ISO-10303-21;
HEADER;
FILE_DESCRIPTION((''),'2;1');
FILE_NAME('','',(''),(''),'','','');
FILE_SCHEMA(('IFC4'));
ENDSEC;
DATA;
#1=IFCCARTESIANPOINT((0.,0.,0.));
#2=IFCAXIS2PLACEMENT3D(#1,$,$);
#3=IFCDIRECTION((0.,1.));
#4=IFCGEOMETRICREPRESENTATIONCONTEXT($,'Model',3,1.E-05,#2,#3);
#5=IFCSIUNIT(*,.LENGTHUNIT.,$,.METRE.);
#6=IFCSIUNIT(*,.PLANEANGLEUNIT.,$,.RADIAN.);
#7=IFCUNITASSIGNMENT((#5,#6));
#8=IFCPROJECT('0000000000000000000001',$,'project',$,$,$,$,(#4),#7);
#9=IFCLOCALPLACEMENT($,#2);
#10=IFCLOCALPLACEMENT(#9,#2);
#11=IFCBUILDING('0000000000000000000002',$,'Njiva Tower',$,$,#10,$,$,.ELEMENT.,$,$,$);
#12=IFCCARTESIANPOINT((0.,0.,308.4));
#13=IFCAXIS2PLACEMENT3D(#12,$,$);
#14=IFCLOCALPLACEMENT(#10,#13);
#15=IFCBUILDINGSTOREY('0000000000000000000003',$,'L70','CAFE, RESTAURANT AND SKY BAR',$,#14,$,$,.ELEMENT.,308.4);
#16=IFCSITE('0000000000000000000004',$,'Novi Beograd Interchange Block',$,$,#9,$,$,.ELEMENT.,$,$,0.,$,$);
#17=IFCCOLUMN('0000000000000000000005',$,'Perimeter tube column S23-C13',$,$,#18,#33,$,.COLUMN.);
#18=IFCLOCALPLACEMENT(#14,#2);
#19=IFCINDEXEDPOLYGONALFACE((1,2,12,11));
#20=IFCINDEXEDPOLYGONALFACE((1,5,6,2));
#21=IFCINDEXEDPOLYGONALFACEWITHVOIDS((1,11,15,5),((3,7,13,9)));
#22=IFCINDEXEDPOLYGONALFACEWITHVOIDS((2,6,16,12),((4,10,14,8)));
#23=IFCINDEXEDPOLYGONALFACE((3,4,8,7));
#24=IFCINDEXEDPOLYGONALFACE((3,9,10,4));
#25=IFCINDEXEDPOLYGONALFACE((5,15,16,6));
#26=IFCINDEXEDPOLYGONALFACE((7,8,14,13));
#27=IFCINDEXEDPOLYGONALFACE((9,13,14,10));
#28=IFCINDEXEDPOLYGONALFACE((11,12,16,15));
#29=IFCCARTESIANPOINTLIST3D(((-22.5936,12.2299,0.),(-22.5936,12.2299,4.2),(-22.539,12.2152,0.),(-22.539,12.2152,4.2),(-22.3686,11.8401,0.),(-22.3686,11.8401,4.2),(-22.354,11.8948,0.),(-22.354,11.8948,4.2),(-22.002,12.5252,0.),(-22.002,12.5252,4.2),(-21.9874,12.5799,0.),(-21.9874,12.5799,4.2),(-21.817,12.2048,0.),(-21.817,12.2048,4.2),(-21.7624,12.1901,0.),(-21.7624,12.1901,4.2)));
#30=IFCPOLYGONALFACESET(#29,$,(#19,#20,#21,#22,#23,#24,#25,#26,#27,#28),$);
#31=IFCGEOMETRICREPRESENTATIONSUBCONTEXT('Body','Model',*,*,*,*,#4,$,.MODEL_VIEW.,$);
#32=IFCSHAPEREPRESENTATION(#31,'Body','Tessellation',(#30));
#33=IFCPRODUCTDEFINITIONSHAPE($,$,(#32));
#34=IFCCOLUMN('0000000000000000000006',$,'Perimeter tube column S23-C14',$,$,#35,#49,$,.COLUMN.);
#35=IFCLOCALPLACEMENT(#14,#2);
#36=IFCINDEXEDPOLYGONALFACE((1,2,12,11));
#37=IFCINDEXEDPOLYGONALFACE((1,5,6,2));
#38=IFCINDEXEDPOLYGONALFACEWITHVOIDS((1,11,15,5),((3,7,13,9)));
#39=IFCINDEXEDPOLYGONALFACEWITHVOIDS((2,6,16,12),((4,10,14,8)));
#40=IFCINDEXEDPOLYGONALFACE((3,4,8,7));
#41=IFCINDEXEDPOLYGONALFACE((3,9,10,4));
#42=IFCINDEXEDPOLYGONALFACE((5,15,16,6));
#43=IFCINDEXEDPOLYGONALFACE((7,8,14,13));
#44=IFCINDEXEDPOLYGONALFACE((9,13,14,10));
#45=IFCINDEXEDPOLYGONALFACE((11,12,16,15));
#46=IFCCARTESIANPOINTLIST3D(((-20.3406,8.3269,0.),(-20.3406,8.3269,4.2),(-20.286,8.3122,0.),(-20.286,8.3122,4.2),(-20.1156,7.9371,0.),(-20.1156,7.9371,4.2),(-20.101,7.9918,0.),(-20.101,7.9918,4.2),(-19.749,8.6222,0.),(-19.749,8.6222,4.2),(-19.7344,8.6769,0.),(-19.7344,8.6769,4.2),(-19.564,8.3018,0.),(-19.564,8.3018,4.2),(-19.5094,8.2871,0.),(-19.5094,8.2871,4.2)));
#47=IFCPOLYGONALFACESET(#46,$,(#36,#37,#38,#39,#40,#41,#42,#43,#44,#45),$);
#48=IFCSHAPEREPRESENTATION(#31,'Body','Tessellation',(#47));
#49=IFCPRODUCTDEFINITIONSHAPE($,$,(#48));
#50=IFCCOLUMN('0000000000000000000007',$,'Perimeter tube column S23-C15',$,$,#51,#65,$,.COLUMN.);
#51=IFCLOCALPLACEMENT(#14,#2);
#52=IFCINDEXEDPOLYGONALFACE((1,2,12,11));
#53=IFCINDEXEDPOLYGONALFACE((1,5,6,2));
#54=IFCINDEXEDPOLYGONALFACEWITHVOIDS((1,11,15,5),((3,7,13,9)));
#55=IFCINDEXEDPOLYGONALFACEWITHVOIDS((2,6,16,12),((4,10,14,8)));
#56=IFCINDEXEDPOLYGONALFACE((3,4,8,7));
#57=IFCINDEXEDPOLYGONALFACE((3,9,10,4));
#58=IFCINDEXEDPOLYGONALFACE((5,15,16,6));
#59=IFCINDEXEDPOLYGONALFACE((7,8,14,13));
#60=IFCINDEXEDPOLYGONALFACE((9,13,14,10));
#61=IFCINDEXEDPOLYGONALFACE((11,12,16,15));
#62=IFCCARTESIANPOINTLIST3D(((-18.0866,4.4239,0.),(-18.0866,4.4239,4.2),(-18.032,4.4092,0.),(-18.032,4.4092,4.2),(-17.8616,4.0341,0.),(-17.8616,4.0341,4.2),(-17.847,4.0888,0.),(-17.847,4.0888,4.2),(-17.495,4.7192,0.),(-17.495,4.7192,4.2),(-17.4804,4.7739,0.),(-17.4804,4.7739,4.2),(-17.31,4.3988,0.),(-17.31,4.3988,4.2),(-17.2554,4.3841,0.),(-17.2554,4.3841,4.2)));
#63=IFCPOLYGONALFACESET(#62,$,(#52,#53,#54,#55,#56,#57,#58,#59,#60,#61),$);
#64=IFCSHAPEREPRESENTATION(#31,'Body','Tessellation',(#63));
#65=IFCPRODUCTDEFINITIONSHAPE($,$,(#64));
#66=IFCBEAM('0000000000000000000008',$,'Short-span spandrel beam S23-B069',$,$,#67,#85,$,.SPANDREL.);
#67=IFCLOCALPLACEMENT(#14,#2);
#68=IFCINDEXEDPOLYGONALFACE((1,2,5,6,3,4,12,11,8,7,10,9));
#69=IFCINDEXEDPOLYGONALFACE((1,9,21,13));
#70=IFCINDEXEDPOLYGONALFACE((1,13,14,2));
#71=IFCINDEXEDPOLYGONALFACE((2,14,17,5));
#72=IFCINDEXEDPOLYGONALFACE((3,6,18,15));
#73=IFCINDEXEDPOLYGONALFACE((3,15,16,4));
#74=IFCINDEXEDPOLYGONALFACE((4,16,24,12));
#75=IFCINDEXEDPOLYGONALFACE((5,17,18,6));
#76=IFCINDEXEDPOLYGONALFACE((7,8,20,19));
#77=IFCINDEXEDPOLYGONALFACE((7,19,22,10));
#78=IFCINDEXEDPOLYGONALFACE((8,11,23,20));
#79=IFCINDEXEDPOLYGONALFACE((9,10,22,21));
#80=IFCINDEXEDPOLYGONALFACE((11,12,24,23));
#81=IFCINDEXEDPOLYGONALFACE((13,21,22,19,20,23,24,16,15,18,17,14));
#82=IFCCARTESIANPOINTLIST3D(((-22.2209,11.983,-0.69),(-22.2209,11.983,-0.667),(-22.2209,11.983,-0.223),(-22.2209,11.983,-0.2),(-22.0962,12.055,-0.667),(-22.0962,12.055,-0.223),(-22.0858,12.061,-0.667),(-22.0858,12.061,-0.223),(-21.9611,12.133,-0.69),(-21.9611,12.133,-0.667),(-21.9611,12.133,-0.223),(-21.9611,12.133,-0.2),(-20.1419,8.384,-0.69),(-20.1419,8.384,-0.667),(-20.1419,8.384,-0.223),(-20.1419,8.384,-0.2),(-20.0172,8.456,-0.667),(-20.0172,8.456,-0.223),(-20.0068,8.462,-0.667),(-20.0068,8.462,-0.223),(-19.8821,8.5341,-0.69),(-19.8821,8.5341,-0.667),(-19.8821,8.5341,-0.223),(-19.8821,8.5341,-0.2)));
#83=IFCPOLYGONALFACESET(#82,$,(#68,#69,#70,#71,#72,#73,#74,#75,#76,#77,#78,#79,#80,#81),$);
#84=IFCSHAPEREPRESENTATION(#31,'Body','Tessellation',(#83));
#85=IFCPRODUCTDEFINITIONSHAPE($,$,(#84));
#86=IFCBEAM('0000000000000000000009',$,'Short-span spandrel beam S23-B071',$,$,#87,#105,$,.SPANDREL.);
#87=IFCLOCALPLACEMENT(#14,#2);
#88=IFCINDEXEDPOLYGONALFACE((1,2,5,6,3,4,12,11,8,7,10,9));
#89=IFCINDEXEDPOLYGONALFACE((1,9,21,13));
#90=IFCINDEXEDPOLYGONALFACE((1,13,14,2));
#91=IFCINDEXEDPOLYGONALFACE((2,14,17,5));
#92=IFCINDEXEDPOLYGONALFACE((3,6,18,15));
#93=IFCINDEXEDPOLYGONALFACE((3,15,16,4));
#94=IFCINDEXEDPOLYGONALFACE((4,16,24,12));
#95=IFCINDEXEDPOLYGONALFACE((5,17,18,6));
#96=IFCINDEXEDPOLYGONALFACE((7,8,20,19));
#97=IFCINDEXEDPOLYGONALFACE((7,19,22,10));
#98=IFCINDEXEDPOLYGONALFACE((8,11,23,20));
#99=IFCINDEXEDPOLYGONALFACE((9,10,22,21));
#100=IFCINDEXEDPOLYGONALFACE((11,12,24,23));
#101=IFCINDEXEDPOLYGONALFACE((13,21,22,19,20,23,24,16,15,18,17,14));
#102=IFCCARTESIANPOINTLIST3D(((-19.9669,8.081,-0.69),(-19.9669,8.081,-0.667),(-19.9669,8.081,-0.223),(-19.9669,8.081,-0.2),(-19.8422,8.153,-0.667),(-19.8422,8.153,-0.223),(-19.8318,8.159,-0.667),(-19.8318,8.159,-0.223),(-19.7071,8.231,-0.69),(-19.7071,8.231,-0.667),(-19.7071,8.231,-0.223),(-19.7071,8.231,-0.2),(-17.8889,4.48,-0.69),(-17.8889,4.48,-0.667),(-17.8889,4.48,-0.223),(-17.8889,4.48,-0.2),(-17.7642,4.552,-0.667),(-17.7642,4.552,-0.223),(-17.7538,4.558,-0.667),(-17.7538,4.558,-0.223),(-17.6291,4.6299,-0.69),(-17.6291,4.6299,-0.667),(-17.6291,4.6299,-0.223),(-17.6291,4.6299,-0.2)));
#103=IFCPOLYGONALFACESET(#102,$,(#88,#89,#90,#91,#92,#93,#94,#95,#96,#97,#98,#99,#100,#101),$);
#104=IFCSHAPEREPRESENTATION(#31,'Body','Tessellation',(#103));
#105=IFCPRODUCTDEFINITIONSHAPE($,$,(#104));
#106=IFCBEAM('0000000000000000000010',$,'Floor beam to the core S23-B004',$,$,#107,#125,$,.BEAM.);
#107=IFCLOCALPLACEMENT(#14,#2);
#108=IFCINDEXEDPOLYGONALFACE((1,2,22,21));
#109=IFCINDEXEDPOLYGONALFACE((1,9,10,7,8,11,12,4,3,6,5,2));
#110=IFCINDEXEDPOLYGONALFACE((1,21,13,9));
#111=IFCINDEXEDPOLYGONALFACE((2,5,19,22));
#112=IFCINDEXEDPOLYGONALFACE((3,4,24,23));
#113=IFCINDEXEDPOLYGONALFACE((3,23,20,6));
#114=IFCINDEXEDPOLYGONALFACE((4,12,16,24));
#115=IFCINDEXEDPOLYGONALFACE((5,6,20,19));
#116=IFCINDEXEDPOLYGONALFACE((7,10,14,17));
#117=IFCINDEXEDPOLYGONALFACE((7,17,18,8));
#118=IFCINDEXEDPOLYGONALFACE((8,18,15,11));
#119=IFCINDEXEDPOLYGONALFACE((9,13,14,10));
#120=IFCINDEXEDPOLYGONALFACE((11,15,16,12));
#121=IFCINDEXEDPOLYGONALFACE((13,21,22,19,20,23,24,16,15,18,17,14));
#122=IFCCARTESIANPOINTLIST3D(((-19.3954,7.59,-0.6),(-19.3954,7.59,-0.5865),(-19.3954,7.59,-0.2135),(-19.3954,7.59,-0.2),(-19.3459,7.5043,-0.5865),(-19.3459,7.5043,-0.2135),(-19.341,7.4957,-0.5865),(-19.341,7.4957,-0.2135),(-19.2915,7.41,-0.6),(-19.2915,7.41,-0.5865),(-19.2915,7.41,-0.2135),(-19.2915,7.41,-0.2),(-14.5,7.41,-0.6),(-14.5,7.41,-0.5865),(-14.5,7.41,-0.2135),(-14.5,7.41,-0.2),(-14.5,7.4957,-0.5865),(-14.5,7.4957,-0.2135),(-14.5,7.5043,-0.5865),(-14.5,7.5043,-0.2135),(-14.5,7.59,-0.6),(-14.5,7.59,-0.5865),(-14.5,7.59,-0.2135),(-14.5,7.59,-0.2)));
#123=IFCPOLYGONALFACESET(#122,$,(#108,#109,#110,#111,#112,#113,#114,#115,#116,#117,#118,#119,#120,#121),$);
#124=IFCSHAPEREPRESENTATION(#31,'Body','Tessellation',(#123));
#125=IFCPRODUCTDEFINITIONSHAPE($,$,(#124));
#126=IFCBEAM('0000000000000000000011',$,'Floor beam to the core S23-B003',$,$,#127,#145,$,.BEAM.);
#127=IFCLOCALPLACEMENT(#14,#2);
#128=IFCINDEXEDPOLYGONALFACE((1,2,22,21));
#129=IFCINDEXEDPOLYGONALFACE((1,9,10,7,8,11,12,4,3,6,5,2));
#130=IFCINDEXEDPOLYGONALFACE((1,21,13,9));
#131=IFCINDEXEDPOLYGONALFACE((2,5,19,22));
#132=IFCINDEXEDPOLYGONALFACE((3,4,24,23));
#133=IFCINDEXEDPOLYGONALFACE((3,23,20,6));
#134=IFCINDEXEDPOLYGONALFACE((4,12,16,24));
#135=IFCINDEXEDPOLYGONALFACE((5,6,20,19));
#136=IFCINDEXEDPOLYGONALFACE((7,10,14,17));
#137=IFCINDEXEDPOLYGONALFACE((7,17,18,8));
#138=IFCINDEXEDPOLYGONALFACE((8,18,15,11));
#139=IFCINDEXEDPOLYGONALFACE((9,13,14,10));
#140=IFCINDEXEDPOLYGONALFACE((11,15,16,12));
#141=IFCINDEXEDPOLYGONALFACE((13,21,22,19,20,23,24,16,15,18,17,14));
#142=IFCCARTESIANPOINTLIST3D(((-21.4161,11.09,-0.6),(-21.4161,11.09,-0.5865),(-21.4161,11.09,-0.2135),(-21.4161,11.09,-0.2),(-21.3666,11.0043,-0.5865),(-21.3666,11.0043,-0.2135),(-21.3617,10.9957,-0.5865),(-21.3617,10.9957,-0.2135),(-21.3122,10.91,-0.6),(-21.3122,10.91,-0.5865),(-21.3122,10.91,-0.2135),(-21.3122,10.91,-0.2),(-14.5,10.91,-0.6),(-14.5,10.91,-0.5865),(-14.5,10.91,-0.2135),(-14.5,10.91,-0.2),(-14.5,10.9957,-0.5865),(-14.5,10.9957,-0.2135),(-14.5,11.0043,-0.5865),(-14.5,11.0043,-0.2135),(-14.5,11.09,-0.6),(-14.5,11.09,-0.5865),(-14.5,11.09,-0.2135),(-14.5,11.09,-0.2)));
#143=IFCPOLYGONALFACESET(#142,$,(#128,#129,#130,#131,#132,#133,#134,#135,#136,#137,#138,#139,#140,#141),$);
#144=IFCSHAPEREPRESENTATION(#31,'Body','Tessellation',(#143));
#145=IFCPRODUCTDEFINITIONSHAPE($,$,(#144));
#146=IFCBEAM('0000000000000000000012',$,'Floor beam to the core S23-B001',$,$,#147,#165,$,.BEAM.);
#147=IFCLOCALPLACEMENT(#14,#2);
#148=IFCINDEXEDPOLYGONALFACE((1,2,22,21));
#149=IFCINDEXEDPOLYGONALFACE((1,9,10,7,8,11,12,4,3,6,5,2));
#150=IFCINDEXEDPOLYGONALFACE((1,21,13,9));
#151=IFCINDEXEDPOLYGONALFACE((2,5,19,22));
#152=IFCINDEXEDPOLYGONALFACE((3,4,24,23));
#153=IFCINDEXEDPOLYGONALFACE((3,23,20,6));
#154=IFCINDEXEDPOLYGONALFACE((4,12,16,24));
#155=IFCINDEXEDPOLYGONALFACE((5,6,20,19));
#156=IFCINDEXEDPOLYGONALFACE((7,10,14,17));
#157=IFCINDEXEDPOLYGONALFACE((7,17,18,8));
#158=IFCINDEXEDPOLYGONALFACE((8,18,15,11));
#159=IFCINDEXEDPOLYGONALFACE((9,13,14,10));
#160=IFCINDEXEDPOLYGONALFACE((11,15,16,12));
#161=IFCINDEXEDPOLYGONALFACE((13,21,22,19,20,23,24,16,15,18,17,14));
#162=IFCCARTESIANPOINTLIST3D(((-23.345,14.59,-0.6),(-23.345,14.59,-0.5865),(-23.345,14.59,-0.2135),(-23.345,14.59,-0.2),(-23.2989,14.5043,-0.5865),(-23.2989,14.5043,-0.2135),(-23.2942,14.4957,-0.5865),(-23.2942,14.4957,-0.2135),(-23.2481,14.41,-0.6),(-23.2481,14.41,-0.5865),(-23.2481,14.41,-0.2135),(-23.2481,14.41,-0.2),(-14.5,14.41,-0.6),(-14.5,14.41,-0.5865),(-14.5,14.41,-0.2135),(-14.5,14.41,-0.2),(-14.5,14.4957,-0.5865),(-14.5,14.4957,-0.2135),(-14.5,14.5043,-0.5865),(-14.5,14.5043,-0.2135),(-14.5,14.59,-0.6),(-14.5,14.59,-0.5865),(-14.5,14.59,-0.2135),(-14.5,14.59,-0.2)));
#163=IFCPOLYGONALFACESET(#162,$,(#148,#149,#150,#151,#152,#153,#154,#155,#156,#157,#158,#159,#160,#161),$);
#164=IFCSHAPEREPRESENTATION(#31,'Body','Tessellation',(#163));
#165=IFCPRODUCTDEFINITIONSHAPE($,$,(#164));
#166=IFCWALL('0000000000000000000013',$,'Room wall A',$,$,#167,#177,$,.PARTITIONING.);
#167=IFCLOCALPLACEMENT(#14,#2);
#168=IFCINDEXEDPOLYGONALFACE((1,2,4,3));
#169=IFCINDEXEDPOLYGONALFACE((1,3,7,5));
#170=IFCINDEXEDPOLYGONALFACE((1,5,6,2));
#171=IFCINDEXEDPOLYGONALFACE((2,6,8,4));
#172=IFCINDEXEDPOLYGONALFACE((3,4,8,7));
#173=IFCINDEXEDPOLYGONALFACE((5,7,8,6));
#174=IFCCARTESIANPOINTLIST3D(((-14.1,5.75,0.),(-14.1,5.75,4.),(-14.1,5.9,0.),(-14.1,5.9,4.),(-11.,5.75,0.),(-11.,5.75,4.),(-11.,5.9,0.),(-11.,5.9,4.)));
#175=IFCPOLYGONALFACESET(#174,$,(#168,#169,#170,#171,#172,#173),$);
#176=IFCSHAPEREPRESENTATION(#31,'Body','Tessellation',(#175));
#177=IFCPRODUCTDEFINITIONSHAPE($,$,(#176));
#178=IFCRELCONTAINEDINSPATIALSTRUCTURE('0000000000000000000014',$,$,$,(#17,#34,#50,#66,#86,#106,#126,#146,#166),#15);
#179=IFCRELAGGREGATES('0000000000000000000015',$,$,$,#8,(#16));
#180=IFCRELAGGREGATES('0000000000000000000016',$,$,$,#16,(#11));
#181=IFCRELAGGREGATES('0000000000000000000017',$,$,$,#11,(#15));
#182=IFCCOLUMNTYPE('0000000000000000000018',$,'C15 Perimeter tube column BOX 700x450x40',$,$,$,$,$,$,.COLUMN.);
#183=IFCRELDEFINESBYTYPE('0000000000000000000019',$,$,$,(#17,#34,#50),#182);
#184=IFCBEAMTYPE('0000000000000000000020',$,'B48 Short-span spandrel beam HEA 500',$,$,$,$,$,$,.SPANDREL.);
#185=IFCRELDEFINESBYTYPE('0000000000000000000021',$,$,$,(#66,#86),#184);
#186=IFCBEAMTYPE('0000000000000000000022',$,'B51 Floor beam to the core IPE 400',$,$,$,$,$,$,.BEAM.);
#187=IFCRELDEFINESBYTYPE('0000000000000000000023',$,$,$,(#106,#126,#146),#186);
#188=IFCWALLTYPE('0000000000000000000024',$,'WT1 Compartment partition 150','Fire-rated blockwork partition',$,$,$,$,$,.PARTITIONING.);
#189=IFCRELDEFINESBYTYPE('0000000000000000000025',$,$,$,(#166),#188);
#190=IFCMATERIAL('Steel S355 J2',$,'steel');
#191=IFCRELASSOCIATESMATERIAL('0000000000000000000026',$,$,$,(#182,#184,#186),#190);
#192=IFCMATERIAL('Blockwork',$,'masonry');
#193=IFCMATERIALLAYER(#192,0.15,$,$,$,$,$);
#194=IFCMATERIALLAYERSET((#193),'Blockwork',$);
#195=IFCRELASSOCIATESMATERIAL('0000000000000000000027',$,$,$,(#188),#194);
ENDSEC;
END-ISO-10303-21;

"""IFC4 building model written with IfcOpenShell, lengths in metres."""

from ifc_helpers import new_model, si_unit, direction, frame, frame_2d, origin, origin_2d, place, context, subcontext, project, spatial, rectangle, hollow_rectangle, i_section, extrude, clip, halfspace, material, layer, layer_set, material_profile, profile_set, type_object, element, save


model = new_model("IFC4")

# Units and contexts
model_context = context("Model", 3, precision=1e-05, world=origin(), true_north=direction((0.0, 1.0)))
body_context = subcontext(model_context, "Body", "Model", "MODEL_VIEW")
ifc_project = project(units=[si_unit("LENGTHUNIT", "METRE"), si_unit("PLANEANGLEUNIT", "RADIAN")], contexts=[model_context])

# Site, building, storey
site_placement = place(None, origin())
site = spatial("IfcSite", under=ifc_project, at=site_placement, Name="Novi Beograd Interchange Block", CompositionType="ELEMENT", RefElevation=0.0)
building_placement = place(site_placement, origin())
building = spatial("IfcBuilding", under=site, at=building_placement, Name="Njiva Tower", CompositionType="ELEMENT")
storey_placement = place(building_placement, frame((0.0, 0.0, 308.4)))
storey = spatial("IfcBuildingStorey", under=building, at=storey_placement, Name="L70", Description="CAFE, RESTAURANT AND SKY BAR", CompositionType="ELEMENT", Elevation=308.4)

# Columns
ifc_material_1 = material(Name="Steel S355 J2", Category="steel")
ifc_material_profile_1 = material_profile(ifc_material_1, hollow_rectangle(XDim=0.45, YDim=0.7, WallThickness=0.04, at=origin_2d()), Name="BOX 700x450x40")
ifc_profile_set_1 = profile_set([ifc_material_profile_1], Name="Steel S355 J2")
column_type = type_object("IfcColumnType", Name="C15 Perimeter tube column BOX 700x450x40", PredefinedType="COLUMN", material=ifc_profile_set_1)
for number, where, z_axis, x_axis, name in (
    (1, (-22.178, 12.21, 0.0), (0.0, 0.0, 1.0), (0.5, -0.866025, 0.0), "Perimeter tube column S23-C13"),
    (2, (-19.925, 8.307, 0.0), (0.0, 0.0, 1.0), (0.5, -0.866025, 0.0), "Perimeter tube column S23-C14"),
    (3, (-17.671, 4.404, 0.0), (0.0, 0.0, 1.0), (0.5, -0.866025, 0.0), "Perimeter tube column S23-C15"),
):
    element("IfcColumn", number, at=place(storey_placement, frame(where, z_axis=z_axis, x_axis=x_axis)), inside=storey, type_object=column_type, Name=name, PredefinedType="COLUMN", context=body_context, shape_type="SweptSolid", body=[
        extrude(hollow_rectangle(XDim=0.45, YDim=0.7, WallThickness=0.04, at=origin_2d()), origin(), (0.0, 0.0, 1.0), 4.2),
    ])

# Beams
ifc_material_profile_2 = material_profile(ifc_material_1, i_section(OverallWidth=0.3, OverallDepth=0.49, WebThickness=0.012, FlangeThickness=0.023, at=origin_2d()), Name="HEA 500")
ifc_profile_set_2 = profile_set([ifc_material_profile_2], Name="Steel S355 J2")
beam_type_1 = type_object("IfcBeamType", Name="B48 Short-span spandrel beam HEA 500", PredefinedType="SPANDREL", material=ifc_profile_set_2)
beam_1_placement = place(storey_placement, frame((-22.091, 12.058, -0.445), z_axis=(0.500201, -0.865909, 0.0), x_axis=(0.865909, 0.500201, 0.0)))
element("IfcBeam", 4, at=beam_1_placement, inside=storey, type_object=beam_type_1, Name="Short-span spandrel beam S23-B069", PredefinedType="SPANDREL", context=body_context, shape_type="SweptSolid", body=[
    extrude(i_section(OverallWidth=0.3, OverallDepth=0.49, WebThickness=0.012, FlangeThickness=0.023, at=origin_2d()), origin(), (0.0, 0.0, 1.0), 4.1563),
])
beam_2_placement = place(storey_placement, frame((-19.837, 8.156, -0.445), z_axis=(0.499813, -0.866134, 0.0), x_axis=(0.866134, 0.499813, 0.0)))
element("IfcBeam", 5, at=beam_2_placement, inside=storey, type_object=beam_type_1, Name="Short-span spandrel beam S23-B071", PredefinedType="SPANDREL", context=body_context, shape_type="SweptSolid", body=[
    extrude(i_section(OverallWidth=0.3, OverallDepth=0.49, WebThickness=0.012, FlangeThickness=0.023, at=origin_2d()), origin(), (0.0, 0.0, 1.0), 4.1576),
])
ifc_material_profile_3 = material_profile(ifc_material_1, i_section(OverallWidth=0.18, OverallDepth=0.4, WebThickness=0.0086, FlangeThickness=0.0135, at=origin_2d()), Name="IPE 400")
ifc_profile_set_3 = profile_set([ifc_material_profile_3], Name="Steel S355 J2")
beam_type_2 = type_object("IfcBeamType", Name="B51 Floor beam to the core IPE 400", PredefinedType="BEAM", material=ifc_profile_set_3)
beam_3_placement = place(storey_placement, frame((-19.415, 7.5, -0.4), z_axis=(1.0, 0.0, 0.0), x_axis=(0.0, 1.0, 0.0)))
element("IfcBeam", 6, at=beam_3_placement, inside=storey, type_object=beam_type_2, Name="Floor beam to the core S23-B004", PredefinedType="BEAM", context=body_context, shape_type="Clipping", body=[
    clip(extrude(i_section(OverallWidth=0.18, OverallDepth=0.4, WebThickness=0.0086, FlangeThickness=0.0135, at=origin_2d()), origin(), (0.0, 0.0, 1.0), 4.915), halfspace(frame((-0.025, 0.0, 0.086), z_axis=(-0.499998, 0.0, -0.866027), x_axis=(0.0, -1.0, 0.0)), False)),
])
beam_4_placement = place(storey_placement, frame((-21.436, 11.0, -0.4), z_axis=(1.0, 0.0, 0.0), x_axis=(0.0, 1.0, 0.0)))
element("IfcBeam", 7, at=beam_4_placement, inside=storey, type_object=beam_type_2, Name="Floor beam to the core S23-B003", PredefinedType="BEAM", context=body_context, shape_type="Clipping", body=[
    clip(extrude(i_section(OverallWidth=0.18, OverallDepth=0.4, WebThickness=0.0086, FlangeThickness=0.0135, at=origin_2d()), origin(), (0.0, 0.0, 1.0), 6.936), halfspace(frame((-0.025, 0.0, 0.0863), z_axis=(-0.499998, 0.0, -0.866027), x_axis=(0.0, -1.0, 0.0)), False)),
])
beam_5_placement = place(storey_placement, frame((-23.365, 14.5, -0.4), z_axis=(1.0, 0.0, 0.0), x_axis=(0.0, 1.0, 0.0)))
element("IfcBeam", 8, at=beam_5_placement, inside=storey, type_object=beam_type_2, Name="Floor beam to the core S23-B001", PredefinedType="BEAM", context=body_context, shape_type="Clipping", body=[
    clip(extrude(i_section(OverallWidth=0.18, OverallDepth=0.4, WebThickness=0.0086, FlangeThickness=0.0135, at=origin_2d()), origin(), (0.0, 0.0, 1.0), 8.865), halfspace(frame((-0.0237, 0.0, 0.0812), z_axis=(-0.473762, 0.0, -0.880653), x_axis=(0.0, -1.0, 0.0)), False)),
])

# Wall
ifc_material_2 = material(Name="Blockwork", Category="masonry")
ifc_layer_1 = layer(ifc_material_2, 0.15)
ifc_layer_set_1 = layer_set([ifc_layer_1], Name="Blockwork")
wall_type_1 = type_object("IfcWallType", Name="WT1 Compartment partition 150", Description="Fire-rated blockwork partition", PredefinedType="PARTITIONING", material=ifc_layer_set_1)
wall_1_placement = place(storey_placement, frame((-14.1, 5.825, 0.0), z_axis=(0.0, 0.0, 1.0), x_axis=(1.0, 0.0, 0.0)))
element("IfcWall", 9, at=wall_1_placement, inside=storey, type_object=wall_type_1, Name="Room wall A", PredefinedType="PARTITIONING", context=body_context, shape_type="SweptSolid", body=[
    extrude(rectangle(XDim=3.1, YDim=0.15, at=frame_2d((1.55, 0.0))), origin(), (0.0, 0.0, 1.0), 4.0),
])

save(model, "model.ifc")
